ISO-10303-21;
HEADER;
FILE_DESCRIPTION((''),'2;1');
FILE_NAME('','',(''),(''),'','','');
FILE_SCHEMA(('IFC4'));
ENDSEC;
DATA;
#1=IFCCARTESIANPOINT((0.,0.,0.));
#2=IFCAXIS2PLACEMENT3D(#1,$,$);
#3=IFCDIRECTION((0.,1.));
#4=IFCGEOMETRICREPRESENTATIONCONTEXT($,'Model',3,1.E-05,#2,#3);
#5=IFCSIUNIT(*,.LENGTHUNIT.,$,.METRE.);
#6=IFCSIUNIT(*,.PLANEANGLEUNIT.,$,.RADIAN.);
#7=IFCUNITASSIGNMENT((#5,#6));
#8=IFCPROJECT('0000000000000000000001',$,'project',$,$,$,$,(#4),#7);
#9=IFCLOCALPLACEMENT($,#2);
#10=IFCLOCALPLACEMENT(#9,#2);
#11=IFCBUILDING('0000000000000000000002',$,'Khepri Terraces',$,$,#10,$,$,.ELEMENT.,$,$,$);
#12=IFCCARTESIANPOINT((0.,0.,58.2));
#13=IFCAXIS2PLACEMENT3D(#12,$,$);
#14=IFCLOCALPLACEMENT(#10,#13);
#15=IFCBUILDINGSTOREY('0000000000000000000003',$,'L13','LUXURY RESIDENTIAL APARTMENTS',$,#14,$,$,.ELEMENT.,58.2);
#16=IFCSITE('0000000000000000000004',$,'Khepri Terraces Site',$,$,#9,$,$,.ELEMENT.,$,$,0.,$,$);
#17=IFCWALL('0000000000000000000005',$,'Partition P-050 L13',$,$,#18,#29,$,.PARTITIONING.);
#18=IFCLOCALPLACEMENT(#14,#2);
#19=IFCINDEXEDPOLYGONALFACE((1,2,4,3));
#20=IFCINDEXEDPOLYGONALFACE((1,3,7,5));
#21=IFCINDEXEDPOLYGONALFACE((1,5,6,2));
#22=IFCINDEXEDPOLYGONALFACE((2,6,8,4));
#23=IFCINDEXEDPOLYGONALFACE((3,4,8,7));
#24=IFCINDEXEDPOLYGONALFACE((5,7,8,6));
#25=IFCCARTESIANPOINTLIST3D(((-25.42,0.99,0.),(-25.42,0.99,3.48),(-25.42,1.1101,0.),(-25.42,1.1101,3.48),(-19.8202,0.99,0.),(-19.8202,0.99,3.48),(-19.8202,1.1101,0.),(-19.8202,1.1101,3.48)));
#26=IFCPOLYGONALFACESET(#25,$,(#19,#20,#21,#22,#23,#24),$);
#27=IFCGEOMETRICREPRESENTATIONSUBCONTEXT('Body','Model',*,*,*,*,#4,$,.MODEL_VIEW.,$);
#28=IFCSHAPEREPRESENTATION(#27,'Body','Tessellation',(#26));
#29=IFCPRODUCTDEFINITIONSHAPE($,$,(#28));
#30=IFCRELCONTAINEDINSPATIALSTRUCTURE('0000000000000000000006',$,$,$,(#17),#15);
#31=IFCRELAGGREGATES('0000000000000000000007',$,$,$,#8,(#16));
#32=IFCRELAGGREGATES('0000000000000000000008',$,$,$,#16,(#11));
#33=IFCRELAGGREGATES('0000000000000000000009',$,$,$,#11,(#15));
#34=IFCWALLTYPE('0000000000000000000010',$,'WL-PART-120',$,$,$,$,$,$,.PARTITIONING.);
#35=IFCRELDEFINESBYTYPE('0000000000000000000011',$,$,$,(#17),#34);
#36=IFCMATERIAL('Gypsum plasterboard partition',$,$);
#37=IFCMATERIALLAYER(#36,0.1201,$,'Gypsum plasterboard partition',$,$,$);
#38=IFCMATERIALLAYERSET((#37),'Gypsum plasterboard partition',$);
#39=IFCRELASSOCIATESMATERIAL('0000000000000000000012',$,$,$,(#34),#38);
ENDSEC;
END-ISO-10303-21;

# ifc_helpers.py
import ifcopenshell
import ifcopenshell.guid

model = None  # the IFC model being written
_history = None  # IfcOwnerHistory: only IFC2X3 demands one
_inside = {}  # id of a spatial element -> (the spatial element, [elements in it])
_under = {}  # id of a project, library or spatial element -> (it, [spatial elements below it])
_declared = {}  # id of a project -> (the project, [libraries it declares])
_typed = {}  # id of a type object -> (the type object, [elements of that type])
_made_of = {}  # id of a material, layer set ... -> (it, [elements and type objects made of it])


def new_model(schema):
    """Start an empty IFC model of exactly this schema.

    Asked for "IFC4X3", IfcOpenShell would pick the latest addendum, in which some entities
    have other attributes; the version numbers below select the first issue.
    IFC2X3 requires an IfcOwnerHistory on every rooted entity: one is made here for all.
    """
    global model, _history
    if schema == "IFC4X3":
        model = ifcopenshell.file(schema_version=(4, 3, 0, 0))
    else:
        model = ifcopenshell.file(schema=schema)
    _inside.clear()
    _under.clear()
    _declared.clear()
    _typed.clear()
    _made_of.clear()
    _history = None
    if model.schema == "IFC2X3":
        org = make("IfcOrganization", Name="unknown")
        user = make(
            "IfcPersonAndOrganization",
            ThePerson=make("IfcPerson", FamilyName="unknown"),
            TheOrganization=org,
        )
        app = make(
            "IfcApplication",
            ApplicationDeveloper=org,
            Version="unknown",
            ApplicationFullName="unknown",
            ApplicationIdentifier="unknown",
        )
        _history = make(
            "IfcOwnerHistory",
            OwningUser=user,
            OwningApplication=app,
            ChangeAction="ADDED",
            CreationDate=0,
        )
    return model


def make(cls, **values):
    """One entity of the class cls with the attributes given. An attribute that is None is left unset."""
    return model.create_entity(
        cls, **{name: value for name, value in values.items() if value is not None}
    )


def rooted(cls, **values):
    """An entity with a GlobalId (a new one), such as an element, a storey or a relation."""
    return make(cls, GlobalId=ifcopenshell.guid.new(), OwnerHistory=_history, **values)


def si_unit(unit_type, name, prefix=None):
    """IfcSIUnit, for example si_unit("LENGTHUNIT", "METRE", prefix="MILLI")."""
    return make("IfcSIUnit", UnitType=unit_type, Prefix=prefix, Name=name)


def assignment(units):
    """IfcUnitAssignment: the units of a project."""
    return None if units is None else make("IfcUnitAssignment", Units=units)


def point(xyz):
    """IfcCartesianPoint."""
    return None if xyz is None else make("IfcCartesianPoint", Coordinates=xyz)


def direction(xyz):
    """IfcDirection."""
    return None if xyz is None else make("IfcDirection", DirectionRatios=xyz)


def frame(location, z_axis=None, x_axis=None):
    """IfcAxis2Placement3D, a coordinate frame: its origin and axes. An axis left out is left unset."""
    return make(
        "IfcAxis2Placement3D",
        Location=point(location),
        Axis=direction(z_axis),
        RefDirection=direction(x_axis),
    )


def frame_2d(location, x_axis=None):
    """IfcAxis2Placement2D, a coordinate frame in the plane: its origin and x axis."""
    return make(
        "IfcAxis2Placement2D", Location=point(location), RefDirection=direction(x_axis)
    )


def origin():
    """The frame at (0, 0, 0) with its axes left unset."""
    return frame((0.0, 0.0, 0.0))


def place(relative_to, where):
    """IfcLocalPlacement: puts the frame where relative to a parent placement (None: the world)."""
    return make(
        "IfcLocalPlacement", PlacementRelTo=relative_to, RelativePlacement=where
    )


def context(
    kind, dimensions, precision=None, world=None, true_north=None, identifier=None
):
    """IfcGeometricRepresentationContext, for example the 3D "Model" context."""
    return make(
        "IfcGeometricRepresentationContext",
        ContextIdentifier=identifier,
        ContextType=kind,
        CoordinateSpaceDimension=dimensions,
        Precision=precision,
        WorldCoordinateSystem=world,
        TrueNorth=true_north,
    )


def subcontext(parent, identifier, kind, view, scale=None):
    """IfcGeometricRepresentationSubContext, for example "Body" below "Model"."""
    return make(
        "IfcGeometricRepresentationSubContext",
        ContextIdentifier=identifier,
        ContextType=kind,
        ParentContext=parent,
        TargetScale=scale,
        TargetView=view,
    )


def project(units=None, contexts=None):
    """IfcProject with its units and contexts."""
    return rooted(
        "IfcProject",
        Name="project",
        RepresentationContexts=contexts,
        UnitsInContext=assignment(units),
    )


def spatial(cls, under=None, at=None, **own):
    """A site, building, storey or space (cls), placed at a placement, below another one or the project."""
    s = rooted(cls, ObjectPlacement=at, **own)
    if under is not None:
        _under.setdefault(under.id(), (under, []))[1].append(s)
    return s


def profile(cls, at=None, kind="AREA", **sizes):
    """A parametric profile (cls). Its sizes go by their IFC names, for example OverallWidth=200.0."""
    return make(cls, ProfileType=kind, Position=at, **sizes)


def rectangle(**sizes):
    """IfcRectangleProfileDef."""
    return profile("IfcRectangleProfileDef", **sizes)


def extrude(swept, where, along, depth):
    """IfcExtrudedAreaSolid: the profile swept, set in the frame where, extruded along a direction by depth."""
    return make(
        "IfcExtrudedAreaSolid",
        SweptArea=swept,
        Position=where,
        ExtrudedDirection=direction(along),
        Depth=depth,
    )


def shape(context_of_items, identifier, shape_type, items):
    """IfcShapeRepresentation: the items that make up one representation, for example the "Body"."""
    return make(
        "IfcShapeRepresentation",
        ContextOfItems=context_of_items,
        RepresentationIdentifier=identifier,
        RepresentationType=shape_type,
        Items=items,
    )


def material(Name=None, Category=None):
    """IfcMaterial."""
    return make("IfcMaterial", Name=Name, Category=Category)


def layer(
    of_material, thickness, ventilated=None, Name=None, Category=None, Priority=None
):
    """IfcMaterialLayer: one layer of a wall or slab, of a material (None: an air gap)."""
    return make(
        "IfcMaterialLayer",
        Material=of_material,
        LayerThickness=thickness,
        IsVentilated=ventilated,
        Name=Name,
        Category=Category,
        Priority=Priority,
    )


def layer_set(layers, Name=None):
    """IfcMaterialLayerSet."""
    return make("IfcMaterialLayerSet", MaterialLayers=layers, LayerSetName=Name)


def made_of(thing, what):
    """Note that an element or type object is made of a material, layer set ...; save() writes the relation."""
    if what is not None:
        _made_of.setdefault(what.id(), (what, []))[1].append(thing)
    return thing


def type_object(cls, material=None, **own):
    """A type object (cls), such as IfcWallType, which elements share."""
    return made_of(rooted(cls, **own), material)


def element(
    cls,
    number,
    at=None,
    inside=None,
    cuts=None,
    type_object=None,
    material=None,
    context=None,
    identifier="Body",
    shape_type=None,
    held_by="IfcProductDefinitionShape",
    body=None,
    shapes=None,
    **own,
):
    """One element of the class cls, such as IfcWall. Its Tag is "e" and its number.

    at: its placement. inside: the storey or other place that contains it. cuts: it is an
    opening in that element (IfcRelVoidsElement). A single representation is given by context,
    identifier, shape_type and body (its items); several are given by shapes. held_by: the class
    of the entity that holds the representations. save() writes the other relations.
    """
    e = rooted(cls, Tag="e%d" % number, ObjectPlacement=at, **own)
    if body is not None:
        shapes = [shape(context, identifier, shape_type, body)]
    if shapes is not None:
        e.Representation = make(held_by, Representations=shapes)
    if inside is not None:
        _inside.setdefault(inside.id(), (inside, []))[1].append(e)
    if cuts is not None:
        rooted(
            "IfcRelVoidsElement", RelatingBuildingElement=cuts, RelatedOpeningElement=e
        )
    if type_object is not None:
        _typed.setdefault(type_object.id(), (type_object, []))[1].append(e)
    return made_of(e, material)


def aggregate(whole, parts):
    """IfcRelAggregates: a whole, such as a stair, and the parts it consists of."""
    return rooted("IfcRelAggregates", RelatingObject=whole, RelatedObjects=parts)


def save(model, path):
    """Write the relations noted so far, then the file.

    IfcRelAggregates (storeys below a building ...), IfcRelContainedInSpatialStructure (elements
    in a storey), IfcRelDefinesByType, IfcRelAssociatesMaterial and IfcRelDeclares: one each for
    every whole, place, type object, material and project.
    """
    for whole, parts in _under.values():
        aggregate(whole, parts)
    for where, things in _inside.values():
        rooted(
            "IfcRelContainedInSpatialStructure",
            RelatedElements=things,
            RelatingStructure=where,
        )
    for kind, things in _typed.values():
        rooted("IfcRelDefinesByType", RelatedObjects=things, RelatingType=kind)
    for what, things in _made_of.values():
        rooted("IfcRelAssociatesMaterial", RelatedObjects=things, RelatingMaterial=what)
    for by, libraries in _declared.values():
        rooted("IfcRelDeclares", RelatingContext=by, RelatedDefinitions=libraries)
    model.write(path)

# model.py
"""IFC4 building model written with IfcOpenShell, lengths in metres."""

from ifc_helpers import new_model, si_unit, direction, frame, frame_2d, origin, place, context, subcontext, project, spatial, rectangle, extrude, material, layer, layer_set, type_object, element, save


model = new_model("IFC4")

# Units and contexts
model_context = context("Model", 3, precision=1e-05, world=origin(), true_north=direction((0.0, 1.0)))
body_context = subcontext(model_context, "Body", "Model", "MODEL_VIEW")
ifc_project = project(units=[si_unit("LENGTHUNIT", "METRE"), si_unit("PLANEANGLEUNIT", "RADIAN")], contexts=[model_context])

# Site, building, storey
site_placement = place(None, origin())
site = spatial("IfcSite", under=ifc_project, at=site_placement, Name="Khepri Terraces Site", CompositionType="ELEMENT", RefElevation=0.0)
building_placement = place(site_placement, origin())
building = spatial("IfcBuilding", under=site, at=building_placement, Name="Khepri Terraces", CompositionType="ELEMENT")
storey_placement = place(building_placement, frame((0.0, 0.0, 58.2)))
storey = spatial("IfcBuildingStorey", under=building, at=storey_placement, Name="L13", Description="LUXURY RESIDENTIAL APARTMENTS", CompositionType="ELEMENT", Elevation=58.2)

# Shared definitions
ifc_material_1 = material(Name="Gypsum plasterboard partition")
ifc_layer_1 = layer(ifc_material_1, 0.1201, Name="Gypsum plasterboard partition")
ifc_layer_set_1 = layer_set([ifc_layer_1], Name="Gypsum plasterboard partition")
wall_type_1 = type_object("IfcWallType", Name="WL-PART-120", PredefinedType="PARTITIONING", material=ifc_layer_set_1)

# Wall
wall_1_placement = place(storey_placement, frame((-25.4199, 1.05, 0.0), z_axis=(0.0, 0.0, 1.0), x_axis=(1.0, 0.0, 0.0)))
element("IfcWall", 1, at=wall_1_placement, inside=storey, type_object=wall_type_1, Name="Partition P-050 L13", PredefinedType="PARTITIONING", context=body_context, shape_type="SweptSolid", body=[
    extrude(rectangle(XDim=5.5999, YDim=0.1201, at=frame_2d((2.7998, 0.0))), origin(), (0.0, 0.0, 1.0), 3.48),
])

save(model, "model.ifc")
